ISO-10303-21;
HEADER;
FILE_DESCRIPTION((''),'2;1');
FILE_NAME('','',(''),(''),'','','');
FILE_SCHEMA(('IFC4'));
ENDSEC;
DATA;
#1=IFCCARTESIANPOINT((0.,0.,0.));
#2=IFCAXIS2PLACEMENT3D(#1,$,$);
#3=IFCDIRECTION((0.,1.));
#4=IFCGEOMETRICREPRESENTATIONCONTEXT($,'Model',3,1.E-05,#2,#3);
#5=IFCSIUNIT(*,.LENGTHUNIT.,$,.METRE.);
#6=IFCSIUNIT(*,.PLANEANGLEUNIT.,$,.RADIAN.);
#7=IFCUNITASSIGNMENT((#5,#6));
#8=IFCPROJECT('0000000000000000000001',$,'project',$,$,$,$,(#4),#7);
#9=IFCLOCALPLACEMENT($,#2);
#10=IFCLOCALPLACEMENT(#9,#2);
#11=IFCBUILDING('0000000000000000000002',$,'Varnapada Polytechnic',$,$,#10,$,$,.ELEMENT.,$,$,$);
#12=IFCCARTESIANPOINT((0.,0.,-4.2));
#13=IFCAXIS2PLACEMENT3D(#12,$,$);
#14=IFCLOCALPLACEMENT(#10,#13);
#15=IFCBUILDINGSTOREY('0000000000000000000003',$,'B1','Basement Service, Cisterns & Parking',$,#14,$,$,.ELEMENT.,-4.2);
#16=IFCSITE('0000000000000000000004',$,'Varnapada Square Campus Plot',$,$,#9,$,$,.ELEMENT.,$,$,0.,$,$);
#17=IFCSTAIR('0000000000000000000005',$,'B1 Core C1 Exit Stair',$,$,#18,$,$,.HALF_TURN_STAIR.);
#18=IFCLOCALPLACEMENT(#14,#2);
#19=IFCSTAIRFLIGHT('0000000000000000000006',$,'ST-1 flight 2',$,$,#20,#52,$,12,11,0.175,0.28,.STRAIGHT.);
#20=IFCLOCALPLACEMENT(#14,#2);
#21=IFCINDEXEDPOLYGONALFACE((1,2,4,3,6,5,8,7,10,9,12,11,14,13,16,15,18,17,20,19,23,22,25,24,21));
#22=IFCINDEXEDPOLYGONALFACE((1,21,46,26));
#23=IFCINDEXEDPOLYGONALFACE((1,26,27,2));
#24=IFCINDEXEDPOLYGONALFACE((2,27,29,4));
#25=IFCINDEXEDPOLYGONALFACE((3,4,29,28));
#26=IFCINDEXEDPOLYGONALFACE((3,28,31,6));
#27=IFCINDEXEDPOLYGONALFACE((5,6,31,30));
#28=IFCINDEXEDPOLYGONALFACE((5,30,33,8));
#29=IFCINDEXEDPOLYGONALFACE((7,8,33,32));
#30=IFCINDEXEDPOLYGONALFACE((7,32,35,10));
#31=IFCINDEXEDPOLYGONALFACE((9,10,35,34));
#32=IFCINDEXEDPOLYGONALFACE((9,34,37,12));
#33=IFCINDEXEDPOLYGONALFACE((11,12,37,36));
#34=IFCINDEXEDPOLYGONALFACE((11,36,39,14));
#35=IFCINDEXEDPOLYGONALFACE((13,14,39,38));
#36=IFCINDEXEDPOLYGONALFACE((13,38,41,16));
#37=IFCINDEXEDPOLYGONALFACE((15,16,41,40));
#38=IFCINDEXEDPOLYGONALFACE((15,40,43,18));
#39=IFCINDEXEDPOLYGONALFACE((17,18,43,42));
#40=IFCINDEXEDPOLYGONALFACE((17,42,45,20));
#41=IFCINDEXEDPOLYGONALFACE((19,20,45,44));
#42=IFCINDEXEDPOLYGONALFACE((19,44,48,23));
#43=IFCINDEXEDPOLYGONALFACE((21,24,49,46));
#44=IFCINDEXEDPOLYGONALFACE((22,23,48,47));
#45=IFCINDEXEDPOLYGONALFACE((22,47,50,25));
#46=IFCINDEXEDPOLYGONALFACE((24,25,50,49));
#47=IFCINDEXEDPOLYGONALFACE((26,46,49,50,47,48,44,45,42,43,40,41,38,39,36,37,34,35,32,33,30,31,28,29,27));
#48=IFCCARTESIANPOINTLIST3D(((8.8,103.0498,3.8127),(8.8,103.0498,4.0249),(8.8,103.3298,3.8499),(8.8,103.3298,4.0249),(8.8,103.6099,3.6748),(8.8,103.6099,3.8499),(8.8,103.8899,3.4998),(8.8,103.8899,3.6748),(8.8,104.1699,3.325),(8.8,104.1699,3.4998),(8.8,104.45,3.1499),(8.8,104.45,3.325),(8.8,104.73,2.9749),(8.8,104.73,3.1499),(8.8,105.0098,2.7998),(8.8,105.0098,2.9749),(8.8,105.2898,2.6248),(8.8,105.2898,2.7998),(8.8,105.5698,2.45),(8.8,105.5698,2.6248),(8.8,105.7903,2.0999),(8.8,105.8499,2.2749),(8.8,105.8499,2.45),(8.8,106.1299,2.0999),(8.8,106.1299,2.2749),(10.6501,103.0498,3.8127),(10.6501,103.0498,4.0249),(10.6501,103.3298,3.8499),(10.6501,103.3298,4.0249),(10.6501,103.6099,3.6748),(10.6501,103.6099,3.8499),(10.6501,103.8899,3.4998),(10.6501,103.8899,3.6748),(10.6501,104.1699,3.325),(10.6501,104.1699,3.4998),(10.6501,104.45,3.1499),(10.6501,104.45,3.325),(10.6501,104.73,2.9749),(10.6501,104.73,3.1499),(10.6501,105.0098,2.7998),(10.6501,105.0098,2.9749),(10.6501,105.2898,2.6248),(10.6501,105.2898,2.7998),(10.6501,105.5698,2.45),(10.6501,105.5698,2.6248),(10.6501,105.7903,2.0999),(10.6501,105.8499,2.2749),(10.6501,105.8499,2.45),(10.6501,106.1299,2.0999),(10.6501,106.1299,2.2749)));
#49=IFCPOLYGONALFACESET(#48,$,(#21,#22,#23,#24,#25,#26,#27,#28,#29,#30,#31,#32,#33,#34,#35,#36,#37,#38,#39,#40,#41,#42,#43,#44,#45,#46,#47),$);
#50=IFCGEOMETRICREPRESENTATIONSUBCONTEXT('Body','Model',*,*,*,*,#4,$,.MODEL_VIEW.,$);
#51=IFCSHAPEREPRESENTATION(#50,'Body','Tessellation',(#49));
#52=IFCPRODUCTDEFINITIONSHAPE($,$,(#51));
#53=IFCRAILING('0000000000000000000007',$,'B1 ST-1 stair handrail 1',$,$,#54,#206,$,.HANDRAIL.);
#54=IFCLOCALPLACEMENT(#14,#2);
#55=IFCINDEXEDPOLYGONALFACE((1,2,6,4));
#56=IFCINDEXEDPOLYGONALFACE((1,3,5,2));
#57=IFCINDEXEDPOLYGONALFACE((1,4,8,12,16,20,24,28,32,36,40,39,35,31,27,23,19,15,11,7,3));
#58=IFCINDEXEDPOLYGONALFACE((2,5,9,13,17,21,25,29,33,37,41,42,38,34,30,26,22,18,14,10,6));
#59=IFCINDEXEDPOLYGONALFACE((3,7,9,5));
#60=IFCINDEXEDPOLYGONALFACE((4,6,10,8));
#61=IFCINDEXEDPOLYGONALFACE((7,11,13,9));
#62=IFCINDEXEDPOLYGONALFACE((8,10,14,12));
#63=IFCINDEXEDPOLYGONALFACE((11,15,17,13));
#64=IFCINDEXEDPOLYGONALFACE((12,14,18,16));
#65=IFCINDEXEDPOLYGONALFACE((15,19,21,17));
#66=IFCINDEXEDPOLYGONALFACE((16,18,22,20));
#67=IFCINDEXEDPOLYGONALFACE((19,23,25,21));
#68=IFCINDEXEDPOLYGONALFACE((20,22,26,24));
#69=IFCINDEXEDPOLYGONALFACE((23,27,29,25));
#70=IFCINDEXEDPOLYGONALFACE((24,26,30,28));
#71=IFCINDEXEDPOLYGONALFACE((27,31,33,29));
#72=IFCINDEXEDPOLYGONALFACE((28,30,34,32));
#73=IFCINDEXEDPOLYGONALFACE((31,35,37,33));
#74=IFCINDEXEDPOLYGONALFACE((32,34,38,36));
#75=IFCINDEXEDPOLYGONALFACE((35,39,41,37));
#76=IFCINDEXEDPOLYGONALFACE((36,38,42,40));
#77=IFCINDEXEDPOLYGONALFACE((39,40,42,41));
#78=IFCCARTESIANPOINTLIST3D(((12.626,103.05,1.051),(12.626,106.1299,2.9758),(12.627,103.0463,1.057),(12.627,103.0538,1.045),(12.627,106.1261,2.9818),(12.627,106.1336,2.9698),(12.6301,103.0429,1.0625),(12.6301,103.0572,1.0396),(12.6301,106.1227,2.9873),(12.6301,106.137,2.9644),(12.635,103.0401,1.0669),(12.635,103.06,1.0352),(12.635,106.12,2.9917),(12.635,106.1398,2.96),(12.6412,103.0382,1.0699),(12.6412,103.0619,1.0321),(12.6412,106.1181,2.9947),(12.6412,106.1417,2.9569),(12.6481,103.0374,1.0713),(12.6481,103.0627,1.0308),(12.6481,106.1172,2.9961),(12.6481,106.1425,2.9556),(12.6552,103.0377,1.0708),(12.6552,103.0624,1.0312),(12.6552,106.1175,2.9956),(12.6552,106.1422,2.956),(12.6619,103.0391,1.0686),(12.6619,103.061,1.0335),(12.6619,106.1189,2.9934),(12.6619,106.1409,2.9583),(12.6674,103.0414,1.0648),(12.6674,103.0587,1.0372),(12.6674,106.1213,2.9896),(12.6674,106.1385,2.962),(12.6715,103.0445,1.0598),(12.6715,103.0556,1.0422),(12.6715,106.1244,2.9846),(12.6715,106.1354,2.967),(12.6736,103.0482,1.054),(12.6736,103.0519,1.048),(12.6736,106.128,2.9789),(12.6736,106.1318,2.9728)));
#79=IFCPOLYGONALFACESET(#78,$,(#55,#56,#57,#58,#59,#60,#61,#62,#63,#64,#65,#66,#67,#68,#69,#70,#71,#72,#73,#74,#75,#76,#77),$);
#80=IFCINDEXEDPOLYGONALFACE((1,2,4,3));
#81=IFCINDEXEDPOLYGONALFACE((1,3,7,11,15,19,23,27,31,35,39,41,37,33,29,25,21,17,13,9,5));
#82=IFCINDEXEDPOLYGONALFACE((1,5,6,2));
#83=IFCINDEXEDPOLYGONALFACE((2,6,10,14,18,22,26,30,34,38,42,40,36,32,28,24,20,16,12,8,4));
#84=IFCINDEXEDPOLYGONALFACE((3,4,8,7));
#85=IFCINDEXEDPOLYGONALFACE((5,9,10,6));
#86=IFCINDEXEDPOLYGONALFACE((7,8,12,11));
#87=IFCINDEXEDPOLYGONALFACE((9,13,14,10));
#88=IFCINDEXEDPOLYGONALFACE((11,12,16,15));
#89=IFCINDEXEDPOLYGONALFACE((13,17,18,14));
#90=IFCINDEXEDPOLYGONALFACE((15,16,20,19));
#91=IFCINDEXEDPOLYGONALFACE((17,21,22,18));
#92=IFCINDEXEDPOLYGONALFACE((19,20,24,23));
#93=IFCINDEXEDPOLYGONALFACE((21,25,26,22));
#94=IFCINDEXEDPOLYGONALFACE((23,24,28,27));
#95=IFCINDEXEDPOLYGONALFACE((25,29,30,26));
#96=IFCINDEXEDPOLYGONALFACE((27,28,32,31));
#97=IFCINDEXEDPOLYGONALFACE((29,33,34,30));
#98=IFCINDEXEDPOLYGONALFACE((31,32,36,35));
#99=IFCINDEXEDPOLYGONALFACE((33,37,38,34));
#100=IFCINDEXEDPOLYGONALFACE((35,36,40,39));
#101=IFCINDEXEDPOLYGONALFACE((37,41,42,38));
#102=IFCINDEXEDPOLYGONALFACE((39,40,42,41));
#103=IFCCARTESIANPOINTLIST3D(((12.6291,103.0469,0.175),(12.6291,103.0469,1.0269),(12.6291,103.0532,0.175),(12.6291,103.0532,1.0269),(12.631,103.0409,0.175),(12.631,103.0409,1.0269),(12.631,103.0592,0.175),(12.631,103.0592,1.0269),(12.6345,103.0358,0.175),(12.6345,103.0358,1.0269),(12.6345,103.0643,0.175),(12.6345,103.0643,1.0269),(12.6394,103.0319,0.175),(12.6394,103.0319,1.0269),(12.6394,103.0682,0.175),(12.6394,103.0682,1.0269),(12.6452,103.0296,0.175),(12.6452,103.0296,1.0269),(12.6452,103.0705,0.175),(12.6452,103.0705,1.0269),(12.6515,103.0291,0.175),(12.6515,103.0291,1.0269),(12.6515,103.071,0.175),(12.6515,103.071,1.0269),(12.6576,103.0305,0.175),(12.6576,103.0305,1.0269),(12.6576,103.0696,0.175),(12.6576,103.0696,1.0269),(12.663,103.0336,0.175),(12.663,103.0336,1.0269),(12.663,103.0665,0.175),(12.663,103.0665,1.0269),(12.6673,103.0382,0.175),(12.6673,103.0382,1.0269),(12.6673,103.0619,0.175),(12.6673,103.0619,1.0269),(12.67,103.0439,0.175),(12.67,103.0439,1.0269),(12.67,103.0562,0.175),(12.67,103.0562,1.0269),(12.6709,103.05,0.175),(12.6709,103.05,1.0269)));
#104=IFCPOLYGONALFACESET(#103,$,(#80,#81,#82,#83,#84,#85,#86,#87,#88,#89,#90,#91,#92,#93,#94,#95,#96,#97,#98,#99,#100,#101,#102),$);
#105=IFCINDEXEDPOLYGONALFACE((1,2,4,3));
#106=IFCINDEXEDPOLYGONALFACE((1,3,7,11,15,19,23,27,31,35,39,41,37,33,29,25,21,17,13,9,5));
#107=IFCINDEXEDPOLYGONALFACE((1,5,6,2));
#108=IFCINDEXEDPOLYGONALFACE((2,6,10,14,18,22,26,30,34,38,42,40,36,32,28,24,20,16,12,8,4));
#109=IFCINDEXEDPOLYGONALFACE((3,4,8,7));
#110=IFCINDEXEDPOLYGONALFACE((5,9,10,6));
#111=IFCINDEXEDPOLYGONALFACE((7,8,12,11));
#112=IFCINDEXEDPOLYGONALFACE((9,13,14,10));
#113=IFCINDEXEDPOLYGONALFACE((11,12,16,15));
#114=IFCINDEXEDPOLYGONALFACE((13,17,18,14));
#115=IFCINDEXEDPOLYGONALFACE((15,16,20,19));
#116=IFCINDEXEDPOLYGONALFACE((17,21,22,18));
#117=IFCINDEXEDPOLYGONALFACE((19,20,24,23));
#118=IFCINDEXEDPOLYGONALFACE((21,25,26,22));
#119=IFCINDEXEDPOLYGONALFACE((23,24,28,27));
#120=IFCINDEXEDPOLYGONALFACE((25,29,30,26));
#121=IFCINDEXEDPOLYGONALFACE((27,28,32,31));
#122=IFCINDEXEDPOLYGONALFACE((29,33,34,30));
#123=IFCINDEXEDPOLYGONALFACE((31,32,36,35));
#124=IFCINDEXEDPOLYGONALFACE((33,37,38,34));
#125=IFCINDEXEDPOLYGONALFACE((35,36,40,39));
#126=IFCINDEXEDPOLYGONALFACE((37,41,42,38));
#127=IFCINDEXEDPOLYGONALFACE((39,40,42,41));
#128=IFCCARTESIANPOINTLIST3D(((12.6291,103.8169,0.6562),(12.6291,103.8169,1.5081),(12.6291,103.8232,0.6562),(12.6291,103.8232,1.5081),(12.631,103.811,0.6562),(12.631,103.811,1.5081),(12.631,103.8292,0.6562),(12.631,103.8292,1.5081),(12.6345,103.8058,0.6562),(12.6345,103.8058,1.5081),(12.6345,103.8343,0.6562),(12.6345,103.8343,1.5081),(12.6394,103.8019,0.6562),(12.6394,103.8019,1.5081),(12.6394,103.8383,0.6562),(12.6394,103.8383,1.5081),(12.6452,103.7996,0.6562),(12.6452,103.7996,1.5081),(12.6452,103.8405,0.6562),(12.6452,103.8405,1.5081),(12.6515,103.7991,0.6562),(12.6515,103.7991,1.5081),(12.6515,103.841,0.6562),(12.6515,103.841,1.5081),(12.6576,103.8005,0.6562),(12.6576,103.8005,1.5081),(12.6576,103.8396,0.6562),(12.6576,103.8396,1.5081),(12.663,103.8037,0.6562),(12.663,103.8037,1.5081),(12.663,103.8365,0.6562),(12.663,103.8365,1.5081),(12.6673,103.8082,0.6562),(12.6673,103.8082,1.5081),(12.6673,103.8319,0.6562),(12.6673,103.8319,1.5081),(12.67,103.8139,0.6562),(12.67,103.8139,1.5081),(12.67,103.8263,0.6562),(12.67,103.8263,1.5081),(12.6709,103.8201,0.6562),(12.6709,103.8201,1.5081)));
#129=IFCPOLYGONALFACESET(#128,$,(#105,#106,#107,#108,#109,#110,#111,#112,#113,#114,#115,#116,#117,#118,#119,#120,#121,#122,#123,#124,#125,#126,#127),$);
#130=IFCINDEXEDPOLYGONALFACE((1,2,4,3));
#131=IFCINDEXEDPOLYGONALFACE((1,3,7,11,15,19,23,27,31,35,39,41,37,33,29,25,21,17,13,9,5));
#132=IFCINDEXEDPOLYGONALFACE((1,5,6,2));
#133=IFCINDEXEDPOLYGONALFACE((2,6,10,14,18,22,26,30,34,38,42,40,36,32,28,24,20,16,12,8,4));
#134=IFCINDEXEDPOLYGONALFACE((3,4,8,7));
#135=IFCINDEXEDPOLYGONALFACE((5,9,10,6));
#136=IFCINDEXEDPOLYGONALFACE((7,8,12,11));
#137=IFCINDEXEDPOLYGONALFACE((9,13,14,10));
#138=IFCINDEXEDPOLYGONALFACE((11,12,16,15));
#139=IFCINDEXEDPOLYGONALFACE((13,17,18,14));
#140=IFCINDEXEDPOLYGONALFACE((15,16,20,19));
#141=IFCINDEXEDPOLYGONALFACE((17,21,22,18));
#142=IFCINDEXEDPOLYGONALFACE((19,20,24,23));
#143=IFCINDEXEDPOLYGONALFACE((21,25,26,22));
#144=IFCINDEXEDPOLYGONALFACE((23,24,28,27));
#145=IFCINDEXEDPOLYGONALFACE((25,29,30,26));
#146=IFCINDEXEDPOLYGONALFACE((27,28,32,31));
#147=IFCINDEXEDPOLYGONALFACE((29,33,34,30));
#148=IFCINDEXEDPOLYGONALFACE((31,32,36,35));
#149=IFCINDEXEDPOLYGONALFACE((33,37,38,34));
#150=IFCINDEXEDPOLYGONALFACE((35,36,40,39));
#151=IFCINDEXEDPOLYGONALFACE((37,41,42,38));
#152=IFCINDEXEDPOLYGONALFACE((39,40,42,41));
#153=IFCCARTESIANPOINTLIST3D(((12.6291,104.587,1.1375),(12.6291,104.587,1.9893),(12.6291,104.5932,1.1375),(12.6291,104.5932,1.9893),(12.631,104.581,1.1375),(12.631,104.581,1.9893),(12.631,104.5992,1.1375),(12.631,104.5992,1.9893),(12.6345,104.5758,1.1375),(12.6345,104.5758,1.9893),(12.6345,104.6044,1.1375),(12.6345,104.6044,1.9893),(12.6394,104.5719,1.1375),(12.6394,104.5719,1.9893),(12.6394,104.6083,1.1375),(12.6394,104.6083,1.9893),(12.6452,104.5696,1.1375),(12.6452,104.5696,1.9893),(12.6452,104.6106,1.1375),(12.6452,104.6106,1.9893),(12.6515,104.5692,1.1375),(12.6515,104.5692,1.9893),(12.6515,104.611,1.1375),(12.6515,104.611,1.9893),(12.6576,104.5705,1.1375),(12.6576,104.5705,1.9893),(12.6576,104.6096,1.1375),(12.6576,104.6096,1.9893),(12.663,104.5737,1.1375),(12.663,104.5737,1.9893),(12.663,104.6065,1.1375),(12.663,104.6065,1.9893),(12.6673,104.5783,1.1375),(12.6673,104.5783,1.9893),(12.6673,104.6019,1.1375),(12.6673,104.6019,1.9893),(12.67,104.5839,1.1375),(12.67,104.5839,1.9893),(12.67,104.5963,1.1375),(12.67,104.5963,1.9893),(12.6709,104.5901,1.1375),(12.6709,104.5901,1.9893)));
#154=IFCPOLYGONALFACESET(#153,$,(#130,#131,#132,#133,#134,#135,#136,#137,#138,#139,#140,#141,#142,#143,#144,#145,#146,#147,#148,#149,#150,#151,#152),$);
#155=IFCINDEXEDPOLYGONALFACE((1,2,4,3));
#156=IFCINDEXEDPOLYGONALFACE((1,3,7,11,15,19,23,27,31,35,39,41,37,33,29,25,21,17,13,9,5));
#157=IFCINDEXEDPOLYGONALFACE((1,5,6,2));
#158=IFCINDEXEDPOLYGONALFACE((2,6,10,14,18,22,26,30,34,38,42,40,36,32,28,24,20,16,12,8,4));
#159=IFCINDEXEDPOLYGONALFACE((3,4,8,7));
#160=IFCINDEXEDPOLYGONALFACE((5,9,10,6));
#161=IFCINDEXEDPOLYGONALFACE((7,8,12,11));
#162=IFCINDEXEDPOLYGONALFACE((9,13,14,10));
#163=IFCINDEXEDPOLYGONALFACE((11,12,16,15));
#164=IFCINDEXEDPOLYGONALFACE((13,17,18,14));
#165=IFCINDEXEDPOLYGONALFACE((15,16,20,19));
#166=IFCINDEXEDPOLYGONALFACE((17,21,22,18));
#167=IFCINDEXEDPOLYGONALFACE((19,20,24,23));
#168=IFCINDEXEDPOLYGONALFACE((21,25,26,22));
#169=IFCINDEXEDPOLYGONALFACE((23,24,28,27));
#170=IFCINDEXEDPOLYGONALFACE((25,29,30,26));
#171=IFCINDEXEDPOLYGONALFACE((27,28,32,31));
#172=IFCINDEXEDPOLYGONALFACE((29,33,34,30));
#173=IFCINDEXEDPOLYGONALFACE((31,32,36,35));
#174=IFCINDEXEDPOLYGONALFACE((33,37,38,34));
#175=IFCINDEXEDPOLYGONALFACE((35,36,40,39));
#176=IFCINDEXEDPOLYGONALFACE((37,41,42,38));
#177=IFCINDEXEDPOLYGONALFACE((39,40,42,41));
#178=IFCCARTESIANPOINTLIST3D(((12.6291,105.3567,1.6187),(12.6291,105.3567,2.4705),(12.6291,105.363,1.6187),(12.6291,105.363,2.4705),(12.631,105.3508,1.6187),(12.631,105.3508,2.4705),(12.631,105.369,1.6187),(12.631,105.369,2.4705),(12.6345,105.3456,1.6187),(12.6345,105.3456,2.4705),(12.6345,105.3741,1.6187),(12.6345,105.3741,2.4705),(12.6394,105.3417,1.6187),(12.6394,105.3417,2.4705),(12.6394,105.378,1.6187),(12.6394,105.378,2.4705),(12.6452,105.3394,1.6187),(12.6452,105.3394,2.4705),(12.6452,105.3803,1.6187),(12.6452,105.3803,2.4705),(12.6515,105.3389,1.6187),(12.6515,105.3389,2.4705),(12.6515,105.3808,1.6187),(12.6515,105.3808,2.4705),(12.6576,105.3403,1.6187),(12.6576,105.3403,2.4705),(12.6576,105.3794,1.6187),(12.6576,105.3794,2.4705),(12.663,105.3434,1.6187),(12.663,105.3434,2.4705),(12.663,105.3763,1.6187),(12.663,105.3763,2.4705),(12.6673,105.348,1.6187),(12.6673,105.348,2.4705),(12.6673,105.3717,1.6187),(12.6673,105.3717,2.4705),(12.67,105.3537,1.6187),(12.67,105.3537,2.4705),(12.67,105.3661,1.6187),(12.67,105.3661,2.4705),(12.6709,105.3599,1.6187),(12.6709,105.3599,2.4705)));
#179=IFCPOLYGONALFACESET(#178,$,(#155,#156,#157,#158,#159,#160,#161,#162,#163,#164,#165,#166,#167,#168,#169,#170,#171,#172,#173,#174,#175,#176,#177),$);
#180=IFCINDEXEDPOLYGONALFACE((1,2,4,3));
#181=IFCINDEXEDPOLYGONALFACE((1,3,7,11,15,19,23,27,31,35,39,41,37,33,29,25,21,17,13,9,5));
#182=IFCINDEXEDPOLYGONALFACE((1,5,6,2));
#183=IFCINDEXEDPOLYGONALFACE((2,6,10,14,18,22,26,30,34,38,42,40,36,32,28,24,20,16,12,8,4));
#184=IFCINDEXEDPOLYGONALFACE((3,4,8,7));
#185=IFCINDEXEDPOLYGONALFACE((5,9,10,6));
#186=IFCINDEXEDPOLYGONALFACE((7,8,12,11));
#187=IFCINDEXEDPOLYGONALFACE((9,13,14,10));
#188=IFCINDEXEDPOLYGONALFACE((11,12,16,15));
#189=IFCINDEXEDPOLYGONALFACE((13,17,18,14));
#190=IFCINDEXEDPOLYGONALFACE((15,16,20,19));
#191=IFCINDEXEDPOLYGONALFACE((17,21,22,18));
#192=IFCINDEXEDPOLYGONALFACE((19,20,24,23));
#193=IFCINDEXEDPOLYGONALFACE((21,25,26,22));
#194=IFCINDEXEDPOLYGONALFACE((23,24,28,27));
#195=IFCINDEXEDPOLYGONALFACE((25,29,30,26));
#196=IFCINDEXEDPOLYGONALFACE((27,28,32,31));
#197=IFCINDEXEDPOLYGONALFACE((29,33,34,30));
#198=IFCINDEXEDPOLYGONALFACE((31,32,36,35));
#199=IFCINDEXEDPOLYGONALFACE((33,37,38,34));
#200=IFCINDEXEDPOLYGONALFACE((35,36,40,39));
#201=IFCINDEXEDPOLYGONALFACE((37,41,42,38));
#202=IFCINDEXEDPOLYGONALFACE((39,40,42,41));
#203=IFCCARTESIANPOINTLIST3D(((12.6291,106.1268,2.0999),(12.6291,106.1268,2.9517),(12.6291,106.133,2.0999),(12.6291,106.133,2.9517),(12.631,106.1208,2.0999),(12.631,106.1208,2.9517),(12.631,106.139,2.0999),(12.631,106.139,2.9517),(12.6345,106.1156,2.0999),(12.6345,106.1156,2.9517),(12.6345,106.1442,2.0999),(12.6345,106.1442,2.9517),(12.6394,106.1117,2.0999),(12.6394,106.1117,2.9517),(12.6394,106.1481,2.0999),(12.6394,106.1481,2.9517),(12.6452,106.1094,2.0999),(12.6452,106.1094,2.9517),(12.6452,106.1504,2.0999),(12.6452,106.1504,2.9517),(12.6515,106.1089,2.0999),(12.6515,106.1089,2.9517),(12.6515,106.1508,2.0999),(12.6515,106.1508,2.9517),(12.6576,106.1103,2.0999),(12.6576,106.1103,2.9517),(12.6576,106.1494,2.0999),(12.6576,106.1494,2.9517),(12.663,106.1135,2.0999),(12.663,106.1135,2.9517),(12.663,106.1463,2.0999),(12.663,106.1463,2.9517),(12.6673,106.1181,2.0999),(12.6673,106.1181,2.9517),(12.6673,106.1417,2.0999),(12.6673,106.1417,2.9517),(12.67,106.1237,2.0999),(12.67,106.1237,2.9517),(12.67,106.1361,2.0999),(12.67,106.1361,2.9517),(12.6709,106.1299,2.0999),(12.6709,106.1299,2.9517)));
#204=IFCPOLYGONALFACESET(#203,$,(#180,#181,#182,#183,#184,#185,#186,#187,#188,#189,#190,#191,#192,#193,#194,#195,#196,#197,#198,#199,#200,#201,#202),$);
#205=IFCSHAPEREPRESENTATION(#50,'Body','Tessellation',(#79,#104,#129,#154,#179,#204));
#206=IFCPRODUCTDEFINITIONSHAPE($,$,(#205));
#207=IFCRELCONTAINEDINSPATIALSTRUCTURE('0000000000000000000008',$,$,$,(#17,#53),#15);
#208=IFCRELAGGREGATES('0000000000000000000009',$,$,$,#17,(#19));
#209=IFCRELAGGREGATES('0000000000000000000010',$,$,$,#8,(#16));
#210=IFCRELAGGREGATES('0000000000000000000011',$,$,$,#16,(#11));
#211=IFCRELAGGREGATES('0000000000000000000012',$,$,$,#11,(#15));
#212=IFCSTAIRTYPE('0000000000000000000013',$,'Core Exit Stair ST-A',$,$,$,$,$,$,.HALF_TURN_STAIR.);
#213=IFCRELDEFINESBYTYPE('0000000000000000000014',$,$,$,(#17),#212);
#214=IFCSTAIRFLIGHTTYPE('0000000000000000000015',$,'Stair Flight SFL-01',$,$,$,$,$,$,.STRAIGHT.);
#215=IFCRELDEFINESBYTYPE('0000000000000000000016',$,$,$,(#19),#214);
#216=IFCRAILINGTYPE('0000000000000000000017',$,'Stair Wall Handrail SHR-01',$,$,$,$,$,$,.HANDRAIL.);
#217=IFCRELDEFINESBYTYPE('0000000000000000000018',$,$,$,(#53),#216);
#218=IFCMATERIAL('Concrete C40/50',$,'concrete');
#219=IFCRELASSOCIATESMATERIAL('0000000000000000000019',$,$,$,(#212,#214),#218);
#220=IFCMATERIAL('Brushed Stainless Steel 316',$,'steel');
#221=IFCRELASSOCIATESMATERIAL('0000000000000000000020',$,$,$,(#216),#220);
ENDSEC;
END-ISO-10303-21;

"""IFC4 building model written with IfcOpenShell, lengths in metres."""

from ifc_helpers import new_model, si_unit, direction, frame, origin, origin_2d, place, context, subcontext, project, spatial, polyline, circle, outline, extrude, material, type_object, element, aggregate, save


model = new_model("IFC4")

# Units and contexts
model_context = context("Model", 3, precision=1e-05, world=origin(), true_north=direction((0.0, 1.0)))
body_context = subcontext(model_context, "Body", "Model", "MODEL_VIEW")
ifc_project = project(units=[si_unit("LENGTHUNIT", "METRE"), si_unit("PLANEANGLEUNIT", "RADIAN")], contexts=[model_context])

# Site, building, storey
site_placement = place(None, origin())
site = spatial("IfcSite", under=ifc_project, at=site_placement, Name="Varnapada Square Campus Plot", CompositionType="ELEMENT", RefElevation=0.0)
building_placement = place(site_placement, origin())
building = spatial("IfcBuilding", under=site, at=building_placement, Name="Varnapada Polytechnic", CompositionType="ELEMENT")
storey_placement = place(building_placement, frame((0.0, 0.0, -4.2)))
storey = spatial("IfcBuildingStorey", under=building, at=storey_placement, Name="B1", Description="Basement Service, Cisterns & Parking", CompositionType="ELEMENT", Elevation=-4.2)

# Shared definitions
ifc_material_1 = material(Name="Concrete C40/50", Category="concrete")

# Shared definitions
ifc_material_2 = material(Name="Brushed Stainless Steel 316", Category="steel")

# Stair, stair flight
stair_type = type_object("IfcStairType", Name="Core Exit Stair ST-A", PredefinedType="HALF_TURN_STAIR", material=ifc_material_1)
stair_placement = place(storey_placement, origin())
stair = element("IfcStair", 1, at=stair_placement, inside=storey, type_object=stair_type, Name="B1 Core C1 Exit Stair", PredefinedType="HALF_TURN_STAIR")
stair_flight_type = type_object("IfcStairFlightType", Name="Stair Flight SFL-01", PredefinedType="STRAIGHT", material=ifc_material_1)
stair_flight_1_placement = place(storey_placement, frame((9.7251, 106.1299, 2.0999), z_axis=(0.0, 0.0, 1.0), x_axis=(0.0, -1.0, 0.0)))
stair_flight_1 = element("IfcStairFlight", 2, at=stair_flight_1_placement, type_object=stair_flight_type, Name="ST-1 flight 2", NumberOfRisers=12, NumberOfTreads=11, PredefinedType="STRAIGHT", RiserHeight=0.175, TreadLength=0.28, context=body_context, shape_type="SweptSolid", body=[
    extrude(outline(polyline([(0.0, 0.0), (0.0, 0.175), (0.28, 0.175), (0.28, 0.3501), (0.5601, 0.3501), (0.5601, 0.5249), (0.8401, 0.5249), (0.8401, 0.7), (1.1201, 0.7), (1.1201, 0.875), (1.3999, 0.875), (1.3999, 1.05), (1.6799, 1.05), (1.6799, 1.2251), (1.96, 1.2251), (1.96, 1.3999), (2.24, 1.3999), (2.24, 1.575), (2.52, 1.575), (2.52, 1.75), (2.8, 1.75), (2.8, 1.925), (3.0801, 1.925), (3.0801, 2.1001), (3.0801, 1.7129), (0.3396, 0.0), (0.0, 0.0)])), frame((0.0, 0.925, 0.0), z_axis=(0.0, -1.0, 0.0), x_axis=(1.0, 0.0, 0.0)), (0.0, 0.0, 1.0), 1.8501),
])
aggregate(stair, [stair_flight_1])

# Railing
railing_type_1 = type_object("IfcRailingType", Name="Stair Wall Handrail SHR-01", PredefinedType="HANDRAIL", material=ifc_material_2)
railing_1_placement = place(storey_placement, frame((12.6499, 103.05, 0.175)))
element("IfcRailing", 3, at=railing_1_placement, inside=storey, type_object=railing_type_1, Name="B1 ST-1 stair handrail 1", PredefinedType="HANDRAIL", context=body_context, shape_type="SweptSolid", body=[
    extrude(circle(Radius=0.0239, at=origin_2d()), frame((0.0, 0.0, 0.876), z_axis=(0.0, 0.84801, 0.529981), x_axis=(-1.0, 0.0, 0.0)), (0.0, 0.0, 1.0), 3.6318),
    extrude(circle(Radius=0.021, at=origin_2d()), origin(), (0.0, 0.0, 1.0), 0.8518),
    extrude(circle(Radius=0.021, at=origin_2d()), frame((0.0, 0.77, 0.4812)), (0.0, 0.0, 1.0), 0.8518),
    extrude(circle(Radius=0.021, at=origin_2d()), frame((0.0, 1.54, 0.9624)), (0.0, 0.0, 1.0), 0.8518),
    extrude(circle(Radius=0.021, at=origin_2d()), frame((0.0, 2.3098, 1.4436)), (0.0, 0.0, 1.0), 0.8518),
    extrude(circle(Radius=0.021, at=origin_2d()), frame((0.0, 3.0798, 1.9248)), (0.0, 0.0, 1.0), 0.8518),
])

save(model, "model.ifc")
